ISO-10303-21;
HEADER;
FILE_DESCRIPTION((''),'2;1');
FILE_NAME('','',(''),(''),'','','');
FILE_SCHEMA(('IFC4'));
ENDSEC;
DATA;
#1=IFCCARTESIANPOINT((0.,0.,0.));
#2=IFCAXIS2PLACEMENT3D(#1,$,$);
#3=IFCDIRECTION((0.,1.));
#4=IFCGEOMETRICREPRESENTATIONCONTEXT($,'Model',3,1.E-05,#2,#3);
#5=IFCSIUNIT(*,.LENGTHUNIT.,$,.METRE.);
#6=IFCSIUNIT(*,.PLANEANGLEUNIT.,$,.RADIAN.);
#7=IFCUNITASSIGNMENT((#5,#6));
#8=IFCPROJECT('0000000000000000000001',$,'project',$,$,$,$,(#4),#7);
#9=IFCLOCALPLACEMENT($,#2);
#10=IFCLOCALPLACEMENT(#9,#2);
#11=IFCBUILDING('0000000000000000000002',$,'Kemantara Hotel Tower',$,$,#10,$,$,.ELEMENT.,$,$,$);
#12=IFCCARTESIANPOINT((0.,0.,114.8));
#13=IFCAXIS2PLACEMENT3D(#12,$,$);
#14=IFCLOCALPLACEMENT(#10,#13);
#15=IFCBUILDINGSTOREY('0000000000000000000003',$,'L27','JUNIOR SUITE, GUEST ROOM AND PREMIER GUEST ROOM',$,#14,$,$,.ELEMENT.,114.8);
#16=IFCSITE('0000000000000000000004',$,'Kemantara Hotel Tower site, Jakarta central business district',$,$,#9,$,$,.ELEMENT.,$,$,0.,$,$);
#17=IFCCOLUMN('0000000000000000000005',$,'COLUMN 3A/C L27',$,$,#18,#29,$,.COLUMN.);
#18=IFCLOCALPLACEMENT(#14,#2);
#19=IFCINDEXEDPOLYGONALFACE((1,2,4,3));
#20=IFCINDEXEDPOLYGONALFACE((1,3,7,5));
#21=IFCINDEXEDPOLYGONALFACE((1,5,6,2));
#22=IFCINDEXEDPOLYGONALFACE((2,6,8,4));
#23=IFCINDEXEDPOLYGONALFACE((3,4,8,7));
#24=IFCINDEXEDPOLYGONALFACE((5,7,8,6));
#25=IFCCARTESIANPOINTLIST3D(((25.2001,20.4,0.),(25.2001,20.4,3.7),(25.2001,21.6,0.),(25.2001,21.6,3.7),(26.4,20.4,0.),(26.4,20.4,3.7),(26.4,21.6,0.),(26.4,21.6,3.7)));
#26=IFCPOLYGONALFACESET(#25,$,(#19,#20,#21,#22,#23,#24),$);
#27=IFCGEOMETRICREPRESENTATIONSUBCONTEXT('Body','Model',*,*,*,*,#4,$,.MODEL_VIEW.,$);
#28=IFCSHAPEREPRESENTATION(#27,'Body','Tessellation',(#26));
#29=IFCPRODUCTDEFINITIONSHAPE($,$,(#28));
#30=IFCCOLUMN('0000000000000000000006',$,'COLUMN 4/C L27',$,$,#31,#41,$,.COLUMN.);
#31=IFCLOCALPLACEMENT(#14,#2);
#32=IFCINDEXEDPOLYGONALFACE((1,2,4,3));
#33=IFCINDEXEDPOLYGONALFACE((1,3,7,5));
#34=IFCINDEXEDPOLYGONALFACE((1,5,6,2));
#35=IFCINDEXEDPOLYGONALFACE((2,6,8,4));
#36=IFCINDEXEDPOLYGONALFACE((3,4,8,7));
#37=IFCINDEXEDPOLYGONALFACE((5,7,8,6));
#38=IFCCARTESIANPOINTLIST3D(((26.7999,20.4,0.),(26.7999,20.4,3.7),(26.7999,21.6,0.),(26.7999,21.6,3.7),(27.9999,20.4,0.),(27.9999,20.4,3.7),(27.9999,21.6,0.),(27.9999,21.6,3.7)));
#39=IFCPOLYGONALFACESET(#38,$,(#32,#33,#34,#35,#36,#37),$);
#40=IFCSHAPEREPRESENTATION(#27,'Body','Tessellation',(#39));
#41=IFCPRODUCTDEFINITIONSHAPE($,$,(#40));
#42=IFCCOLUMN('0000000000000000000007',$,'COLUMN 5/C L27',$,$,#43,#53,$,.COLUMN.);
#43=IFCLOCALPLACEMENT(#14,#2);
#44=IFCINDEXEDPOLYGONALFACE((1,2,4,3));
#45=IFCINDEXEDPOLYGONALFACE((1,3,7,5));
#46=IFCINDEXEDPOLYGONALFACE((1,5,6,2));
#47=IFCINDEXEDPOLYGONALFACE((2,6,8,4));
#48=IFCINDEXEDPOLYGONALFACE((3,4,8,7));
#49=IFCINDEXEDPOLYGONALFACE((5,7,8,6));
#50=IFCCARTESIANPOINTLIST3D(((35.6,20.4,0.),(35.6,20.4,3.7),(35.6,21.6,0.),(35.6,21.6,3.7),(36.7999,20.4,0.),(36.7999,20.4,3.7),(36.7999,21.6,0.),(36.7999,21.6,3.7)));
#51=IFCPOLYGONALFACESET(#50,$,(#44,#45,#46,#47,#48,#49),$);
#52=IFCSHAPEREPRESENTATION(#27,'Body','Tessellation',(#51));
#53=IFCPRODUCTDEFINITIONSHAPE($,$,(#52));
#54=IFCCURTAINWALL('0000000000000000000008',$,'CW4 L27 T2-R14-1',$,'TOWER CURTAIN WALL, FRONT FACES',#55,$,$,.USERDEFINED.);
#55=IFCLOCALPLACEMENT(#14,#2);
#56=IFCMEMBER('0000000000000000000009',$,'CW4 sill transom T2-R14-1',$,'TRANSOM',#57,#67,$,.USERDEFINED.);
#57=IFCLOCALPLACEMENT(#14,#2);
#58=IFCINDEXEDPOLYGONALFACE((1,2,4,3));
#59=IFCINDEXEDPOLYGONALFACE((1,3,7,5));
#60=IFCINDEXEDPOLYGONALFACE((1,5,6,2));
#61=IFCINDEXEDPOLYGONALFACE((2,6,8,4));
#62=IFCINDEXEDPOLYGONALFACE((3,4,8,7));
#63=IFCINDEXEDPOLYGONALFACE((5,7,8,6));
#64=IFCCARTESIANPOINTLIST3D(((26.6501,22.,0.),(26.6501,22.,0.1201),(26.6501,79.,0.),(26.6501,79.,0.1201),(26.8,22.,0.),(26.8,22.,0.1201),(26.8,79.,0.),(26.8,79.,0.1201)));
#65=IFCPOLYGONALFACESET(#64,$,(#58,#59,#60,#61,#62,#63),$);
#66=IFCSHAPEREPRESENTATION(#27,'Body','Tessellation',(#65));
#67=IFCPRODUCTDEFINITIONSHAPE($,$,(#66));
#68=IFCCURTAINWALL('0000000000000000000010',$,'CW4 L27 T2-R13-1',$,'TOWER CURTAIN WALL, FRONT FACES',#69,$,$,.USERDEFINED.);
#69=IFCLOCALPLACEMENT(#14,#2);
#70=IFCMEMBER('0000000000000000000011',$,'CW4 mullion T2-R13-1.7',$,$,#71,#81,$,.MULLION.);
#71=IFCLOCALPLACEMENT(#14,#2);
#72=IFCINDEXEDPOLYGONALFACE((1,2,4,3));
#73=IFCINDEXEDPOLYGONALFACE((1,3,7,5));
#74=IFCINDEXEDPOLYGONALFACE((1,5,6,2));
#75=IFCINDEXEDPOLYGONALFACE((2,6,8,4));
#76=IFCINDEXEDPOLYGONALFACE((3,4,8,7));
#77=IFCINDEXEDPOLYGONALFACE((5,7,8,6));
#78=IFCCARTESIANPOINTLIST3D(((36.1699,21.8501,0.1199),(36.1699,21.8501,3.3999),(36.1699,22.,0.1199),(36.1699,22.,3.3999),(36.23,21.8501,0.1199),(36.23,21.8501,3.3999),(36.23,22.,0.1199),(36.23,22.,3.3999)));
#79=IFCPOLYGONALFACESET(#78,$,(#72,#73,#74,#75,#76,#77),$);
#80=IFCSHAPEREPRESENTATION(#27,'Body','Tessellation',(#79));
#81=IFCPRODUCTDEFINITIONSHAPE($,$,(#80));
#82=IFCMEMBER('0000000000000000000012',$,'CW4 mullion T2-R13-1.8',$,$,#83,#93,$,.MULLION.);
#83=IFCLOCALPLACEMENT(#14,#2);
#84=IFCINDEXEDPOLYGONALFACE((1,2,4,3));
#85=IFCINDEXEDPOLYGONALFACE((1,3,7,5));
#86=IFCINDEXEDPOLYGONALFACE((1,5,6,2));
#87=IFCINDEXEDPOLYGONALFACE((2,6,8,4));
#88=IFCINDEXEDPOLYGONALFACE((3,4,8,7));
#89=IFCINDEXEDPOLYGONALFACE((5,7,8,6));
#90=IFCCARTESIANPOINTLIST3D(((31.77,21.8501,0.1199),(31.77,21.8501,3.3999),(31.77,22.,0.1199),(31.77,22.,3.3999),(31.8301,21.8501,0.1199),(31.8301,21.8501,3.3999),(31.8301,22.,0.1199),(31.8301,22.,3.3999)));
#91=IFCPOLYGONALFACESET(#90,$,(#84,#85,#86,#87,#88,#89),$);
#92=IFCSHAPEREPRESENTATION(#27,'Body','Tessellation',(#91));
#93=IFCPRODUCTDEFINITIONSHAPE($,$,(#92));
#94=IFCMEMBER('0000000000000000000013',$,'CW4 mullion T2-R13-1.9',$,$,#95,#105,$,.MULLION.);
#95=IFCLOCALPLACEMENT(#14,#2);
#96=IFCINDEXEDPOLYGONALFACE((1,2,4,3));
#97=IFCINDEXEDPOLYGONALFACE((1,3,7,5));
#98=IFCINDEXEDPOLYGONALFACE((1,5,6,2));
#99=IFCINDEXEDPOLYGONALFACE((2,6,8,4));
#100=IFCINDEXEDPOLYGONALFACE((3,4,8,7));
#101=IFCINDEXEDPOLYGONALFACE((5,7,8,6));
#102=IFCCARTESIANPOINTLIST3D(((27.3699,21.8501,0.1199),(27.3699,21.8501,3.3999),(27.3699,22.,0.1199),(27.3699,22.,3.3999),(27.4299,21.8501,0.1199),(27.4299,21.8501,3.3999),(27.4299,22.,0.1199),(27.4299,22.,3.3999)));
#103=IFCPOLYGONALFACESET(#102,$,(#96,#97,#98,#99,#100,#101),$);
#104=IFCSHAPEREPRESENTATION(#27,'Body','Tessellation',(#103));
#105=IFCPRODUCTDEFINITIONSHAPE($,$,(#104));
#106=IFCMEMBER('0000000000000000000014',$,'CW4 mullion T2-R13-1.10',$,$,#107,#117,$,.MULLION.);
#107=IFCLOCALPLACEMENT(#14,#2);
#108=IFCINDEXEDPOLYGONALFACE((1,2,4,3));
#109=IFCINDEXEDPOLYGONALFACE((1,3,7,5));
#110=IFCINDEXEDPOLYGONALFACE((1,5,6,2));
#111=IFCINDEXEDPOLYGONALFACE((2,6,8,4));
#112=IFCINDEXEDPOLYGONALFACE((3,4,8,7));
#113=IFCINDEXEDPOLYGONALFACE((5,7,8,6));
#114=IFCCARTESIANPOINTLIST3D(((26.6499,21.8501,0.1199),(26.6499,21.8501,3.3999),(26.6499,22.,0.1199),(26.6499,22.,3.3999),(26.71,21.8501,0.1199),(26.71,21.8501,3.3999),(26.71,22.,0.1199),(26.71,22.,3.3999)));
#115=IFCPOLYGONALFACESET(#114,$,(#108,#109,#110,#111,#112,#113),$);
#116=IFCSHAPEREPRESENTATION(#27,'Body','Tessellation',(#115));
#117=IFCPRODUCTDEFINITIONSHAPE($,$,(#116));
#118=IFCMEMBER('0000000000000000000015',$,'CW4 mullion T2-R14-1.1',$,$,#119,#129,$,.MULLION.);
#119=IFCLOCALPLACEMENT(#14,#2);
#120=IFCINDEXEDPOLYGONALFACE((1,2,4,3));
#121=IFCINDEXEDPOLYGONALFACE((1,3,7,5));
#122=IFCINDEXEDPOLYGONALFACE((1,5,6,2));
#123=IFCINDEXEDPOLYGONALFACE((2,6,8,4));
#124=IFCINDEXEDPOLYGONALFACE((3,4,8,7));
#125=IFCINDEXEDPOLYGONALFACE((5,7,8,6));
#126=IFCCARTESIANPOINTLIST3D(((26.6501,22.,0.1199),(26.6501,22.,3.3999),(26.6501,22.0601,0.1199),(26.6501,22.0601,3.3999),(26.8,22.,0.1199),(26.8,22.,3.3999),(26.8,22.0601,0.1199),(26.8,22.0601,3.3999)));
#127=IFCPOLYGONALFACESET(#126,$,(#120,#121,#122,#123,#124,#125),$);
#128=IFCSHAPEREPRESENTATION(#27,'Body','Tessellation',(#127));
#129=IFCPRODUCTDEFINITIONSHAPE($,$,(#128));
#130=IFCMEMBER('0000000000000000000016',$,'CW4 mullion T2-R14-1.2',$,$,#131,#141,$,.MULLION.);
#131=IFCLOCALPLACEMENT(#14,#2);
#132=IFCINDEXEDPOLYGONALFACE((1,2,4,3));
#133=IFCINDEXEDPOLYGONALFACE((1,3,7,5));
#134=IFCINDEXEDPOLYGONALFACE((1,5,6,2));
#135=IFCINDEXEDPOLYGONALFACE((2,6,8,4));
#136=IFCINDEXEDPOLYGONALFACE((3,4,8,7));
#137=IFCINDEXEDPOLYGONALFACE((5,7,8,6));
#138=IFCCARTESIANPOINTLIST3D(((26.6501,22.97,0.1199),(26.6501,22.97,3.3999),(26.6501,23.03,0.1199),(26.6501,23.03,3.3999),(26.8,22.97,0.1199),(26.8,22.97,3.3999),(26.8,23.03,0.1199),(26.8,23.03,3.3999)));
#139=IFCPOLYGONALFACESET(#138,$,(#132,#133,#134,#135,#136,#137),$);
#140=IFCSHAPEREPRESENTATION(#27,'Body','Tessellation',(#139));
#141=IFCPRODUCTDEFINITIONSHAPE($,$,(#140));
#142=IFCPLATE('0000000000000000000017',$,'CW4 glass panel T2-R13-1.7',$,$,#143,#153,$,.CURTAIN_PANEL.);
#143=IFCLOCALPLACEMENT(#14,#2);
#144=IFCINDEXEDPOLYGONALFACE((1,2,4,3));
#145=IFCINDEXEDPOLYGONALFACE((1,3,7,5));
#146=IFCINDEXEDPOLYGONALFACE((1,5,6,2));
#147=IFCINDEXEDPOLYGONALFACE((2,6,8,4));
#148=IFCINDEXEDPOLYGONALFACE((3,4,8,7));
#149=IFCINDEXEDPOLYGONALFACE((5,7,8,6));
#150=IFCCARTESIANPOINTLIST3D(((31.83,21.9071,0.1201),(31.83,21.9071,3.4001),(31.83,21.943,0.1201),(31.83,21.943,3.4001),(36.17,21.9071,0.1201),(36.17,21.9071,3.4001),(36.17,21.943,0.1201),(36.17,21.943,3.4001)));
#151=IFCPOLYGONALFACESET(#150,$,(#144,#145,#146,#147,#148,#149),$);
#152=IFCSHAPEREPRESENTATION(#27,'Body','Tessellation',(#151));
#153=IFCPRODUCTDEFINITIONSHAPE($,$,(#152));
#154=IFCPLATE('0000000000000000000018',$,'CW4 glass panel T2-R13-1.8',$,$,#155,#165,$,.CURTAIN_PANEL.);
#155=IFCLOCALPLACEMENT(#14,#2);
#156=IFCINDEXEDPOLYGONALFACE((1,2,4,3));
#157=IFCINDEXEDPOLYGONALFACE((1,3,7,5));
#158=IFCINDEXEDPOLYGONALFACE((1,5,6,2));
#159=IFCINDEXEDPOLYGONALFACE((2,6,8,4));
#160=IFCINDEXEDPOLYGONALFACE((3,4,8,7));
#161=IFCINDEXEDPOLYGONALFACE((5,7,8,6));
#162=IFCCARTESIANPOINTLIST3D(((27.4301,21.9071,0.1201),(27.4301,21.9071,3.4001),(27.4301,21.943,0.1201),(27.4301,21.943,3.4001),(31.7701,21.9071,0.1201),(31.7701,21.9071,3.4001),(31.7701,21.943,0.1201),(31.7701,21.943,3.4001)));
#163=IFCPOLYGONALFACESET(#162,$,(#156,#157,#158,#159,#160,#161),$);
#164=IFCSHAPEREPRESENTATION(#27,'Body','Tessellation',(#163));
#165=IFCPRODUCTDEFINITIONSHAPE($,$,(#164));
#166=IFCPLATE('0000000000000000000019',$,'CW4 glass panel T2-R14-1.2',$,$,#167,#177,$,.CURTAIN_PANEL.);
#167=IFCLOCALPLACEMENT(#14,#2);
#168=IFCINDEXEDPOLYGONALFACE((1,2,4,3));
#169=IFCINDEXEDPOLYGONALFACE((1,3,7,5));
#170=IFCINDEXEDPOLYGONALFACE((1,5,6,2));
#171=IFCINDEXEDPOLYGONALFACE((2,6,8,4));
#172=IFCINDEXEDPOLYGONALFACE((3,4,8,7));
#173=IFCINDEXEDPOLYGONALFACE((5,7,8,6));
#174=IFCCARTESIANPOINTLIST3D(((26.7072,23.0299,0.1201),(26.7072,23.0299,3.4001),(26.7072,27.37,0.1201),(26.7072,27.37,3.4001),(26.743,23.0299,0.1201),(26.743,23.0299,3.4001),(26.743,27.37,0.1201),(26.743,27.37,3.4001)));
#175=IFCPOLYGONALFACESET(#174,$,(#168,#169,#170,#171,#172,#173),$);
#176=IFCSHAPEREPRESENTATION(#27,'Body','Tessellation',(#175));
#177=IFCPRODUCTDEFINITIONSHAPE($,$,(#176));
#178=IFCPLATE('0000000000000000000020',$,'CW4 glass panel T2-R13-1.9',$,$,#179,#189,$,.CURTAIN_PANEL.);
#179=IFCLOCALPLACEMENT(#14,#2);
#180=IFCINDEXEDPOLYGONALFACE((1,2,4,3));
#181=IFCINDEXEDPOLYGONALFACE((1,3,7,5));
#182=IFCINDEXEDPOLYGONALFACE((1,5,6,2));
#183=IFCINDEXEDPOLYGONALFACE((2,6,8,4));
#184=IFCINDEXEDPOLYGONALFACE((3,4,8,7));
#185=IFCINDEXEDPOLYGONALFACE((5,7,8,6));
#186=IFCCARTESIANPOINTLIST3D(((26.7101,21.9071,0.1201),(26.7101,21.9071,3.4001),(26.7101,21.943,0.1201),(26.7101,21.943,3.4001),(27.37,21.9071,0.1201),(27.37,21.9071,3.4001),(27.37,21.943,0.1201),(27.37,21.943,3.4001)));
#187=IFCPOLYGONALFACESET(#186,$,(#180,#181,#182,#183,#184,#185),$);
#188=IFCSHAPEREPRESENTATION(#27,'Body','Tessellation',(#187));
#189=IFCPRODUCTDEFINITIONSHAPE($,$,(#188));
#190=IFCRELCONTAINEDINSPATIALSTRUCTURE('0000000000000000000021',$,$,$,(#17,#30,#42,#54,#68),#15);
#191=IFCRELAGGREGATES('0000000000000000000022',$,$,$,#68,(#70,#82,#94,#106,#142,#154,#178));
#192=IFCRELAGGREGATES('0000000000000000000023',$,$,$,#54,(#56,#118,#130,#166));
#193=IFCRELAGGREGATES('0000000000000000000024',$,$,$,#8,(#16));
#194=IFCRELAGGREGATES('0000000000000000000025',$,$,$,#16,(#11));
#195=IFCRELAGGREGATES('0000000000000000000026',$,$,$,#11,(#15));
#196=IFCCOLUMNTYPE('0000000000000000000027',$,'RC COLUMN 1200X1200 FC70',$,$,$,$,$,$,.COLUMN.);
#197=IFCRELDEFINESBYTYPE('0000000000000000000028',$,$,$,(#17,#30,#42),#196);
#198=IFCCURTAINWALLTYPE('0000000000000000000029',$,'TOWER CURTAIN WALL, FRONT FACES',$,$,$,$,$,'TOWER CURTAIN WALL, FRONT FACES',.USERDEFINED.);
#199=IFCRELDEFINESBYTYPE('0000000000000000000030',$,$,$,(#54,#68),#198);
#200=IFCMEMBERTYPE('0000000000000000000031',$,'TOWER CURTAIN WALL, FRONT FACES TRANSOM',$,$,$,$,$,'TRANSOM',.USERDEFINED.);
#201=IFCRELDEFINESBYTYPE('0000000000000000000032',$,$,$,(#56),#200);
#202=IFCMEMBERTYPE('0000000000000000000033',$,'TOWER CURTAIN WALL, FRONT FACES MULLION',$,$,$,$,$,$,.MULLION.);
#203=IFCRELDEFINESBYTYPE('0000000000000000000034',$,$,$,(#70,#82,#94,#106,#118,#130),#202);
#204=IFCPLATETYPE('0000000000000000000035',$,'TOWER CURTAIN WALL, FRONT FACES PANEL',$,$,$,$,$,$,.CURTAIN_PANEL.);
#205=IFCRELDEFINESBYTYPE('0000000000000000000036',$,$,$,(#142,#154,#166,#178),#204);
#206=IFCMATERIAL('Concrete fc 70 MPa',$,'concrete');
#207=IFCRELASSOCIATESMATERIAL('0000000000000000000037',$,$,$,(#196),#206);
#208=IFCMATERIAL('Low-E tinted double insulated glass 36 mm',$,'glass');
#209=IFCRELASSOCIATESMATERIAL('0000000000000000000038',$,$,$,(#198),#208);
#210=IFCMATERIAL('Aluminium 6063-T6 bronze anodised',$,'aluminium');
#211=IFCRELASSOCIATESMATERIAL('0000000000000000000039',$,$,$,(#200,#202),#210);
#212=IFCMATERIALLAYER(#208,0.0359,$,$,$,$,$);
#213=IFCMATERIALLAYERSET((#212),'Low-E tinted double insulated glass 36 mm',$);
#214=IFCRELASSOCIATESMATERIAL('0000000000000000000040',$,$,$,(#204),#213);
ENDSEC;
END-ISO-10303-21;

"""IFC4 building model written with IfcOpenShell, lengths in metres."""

from ifc_helpers import new_model, si_unit, direction, frame, origin, origin_2d, place, context, subcontext, project, spatial, rectangle, extrude, source, transform, mapped, material, layer, layer_set, material_profile, profile_set, type_object, element, aggregate, save


model = new_model("IFC4")

# Units and contexts
model_context = context("Model", 3, precision=1e-05, world=origin(), true_north=direction((0.0, 1.0)))
body_context = subcontext(model_context, "Body", "Model", "MODEL_VIEW")
ifc_project = project(units=[si_unit("LENGTHUNIT", "METRE"), si_unit("PLANEANGLEUNIT", "RADIAN")], contexts=[model_context])

# Site, building, storey
site_placement = place(None, origin())
site = spatial("IfcSite", under=ifc_project, at=site_placement, Name="Kemantara Hotel Tower site, Jakarta central business district", CompositionType="ELEMENT", RefElevation=0.0)
building_placement = place(site_placement, origin())
building = spatial("IfcBuilding", under=site, at=building_placement, Name="Kemantara Hotel Tower", CompositionType="ELEMENT")
storey_placement = place(building_placement, frame((0.0, 0.0, 114.8)))
storey = spatial("IfcBuildingStorey", under=building, at=storey_placement, Name="L27", Description="JUNIOR SUITE, GUEST ROOM AND PREMIER GUEST ROOM", CompositionType="ELEMENT", Elevation=114.8)

# Columns
ifc_material_1 = material(Name="Concrete fc 70 MPa", Category="concrete")
ifc_material_profile_1 = material_profile(ifc_material_1, rectangle(XDim=1.2, YDim=1.2, at=origin_2d()), Name="RC 1200X1200")
ifc_profile_set_1 = profile_set([ifc_material_profile_1], Name="Concrete fc 70 MPa")
column_type = type_object("IfcColumnType", Name="RC COLUMN 1200X1200 FC70", PredefinedType="COLUMN", material=ifc_profile_set_1)
for number, where, z_axis, x_axis, name in (
    (1, (25.8, 21.0, 0.0), (0.0, 0.0, 1.0), (1.0, 0.0, 0.0), "COLUMN 3A/C L27"),
    (2, (27.3999, 21.0, 0.0), (0.0, 0.0, 1.0), (1.0, 0.0, 0.0), "COLUMN 4/C L27"),
    (3, (36.2, 21.0, 0.0), (0.0, 0.0, 1.0), (1.0, 0.0, 0.0), "COLUMN 5/C L27"),
):
    element("IfcColumn", number, at=place(storey_placement, frame(where, z_axis=z_axis, x_axis=x_axis)), inside=storey, type_object=column_type, Name=name, PredefinedType="COLUMN", context=body_context, shape_type="SweptSolid", body=[
        extrude(rectangle(XDim=1.2, YDim=1.2, at=origin_2d()), origin(), (0.0, 0.0, 1.0), 3.7),
    ])

# Curtain wall, member
ifc_material_2 = material(Name="Low-E tinted double insulated glass 36 mm", Category="glass")
curtain_wall_type = type_object("IfcCurtainWallType", Name="TOWER CURTAIN WALL, FRONT FACES", ElementType="TOWER CURTAIN WALL, FRONT FACES", PredefinedType="USERDEFINED", material=ifc_material_2)
curtain_wall_1_placement = place(storey_placement, origin())
curtain_wall_1 = element("IfcCurtainWall", 4, at=curtain_wall_1_placement, inside=storey, type_object=curtain_wall_type, Name="CW4 L27 T2-R14-1", ObjectType="TOWER CURTAIN WALL, FRONT FACES", PredefinedType="USERDEFINED")
ifc_material_3 = material(Name="Aluminium 6063-T6 bronze anodised", Category="aluminium")
ifc_material_profile_2 = material_profile(ifc_material_3, rectangle(XDim=0.1499, YDim=0.1201, at=origin_2d()), Name="TOWER CURTAIN WALL, FRONT FACES TRANSOM")
ifc_profile_set_2 = profile_set([ifc_material_profile_2], Name="Aluminium 6063-T6 bronze anodised")
member_type_1 = type_object("IfcMemberType", Name="TOWER CURTAIN WALL, FRONT FACES TRANSOM", ElementType="TRANSOM", PredefinedType="USERDEFINED", material=ifc_profile_set_2)
member_1_placement = place(storey_placement, frame((26.7251, 22.0, 0.0601), z_axis=(0.0, 1.0, 0.0), x_axis=(-1.0, 0.0, 0.0)))
member_1 = element("IfcMember", 5, at=member_1_placement, type_object=member_type_1, Name="CW4 sill transom T2-R14-1", ObjectType="TRANSOM", PredefinedType="USERDEFINED", context=body_context, shape_type="SweptSolid", body=[
    extrude(rectangle(XDim=0.1499, YDim=0.1201, at=origin_2d()), origin(), (0.0, 0.0, 1.0), 57.0),
])

# Curtain wall, members
curtain_wall_2_placement = place(storey_placement, origin())
curtain_wall_2 = element("IfcCurtainWall", 6, at=curtain_wall_2_placement, inside=storey, type_object=curtain_wall_type, Name="CW4 L27 T2-R13-1", ObjectType="TOWER CURTAIN WALL, FRONT FACES", PredefinedType="USERDEFINED")
ifc_material_profile_3 = material_profile(ifc_material_3, rectangle(XDim=0.1499, YDim=0.0601, at=origin_2d()), Name="TOWER CURTAIN WALL, FRONT FACES MULLION")
ifc_profile_set_3 = profile_set([ifc_material_profile_3], Name="Aluminium 6063-T6 bronze anodised")
member_type_2 = type_object("IfcMemberType", Name="TOWER CURTAIN WALL, FRONT FACES MULLION", PredefinedType="MULLION", material=ifc_profile_set_3)
shared_shape_1 = source(origin(), body_context, "Body", "SweptSolid", [
    extrude(rectangle(XDim=0.1499, YDim=0.0601, at=origin_2d()), origin(), (0.0, 0.0, 1.0), 3.28),
])
member_2_placement = place(storey_placement, frame((36.2, 21.925, 0.1199), z_axis=(0.0, 0.0, 1.0), x_axis=(0.0, -1.0, 0.0)))
member_2 = element("IfcMember", 7, at=member_2_placement, type_object=member_type_2, Name="CW4 mullion T2-R13-1.7", PredefinedType="MULLION", context=body_context, shape_type="MappedRepresentation", body=[
    mapped(shared_shape_1, transform((0.0, 0.0, 0.0))),
])
member_3_placement = place(storey_placement, frame((31.8, 21.925, 0.1199), z_axis=(0.0, 0.0, 1.0), x_axis=(0.0, -1.0, 0.0)))
member_3 = element("IfcMember", 8, at=member_3_placement, type_object=member_type_2, Name="CW4 mullion T2-R13-1.8", PredefinedType="MULLION", context=body_context, shape_type="MappedRepresentation", body=[
    mapped(shared_shape_1, transform((0.0, 0.0, 0.0))),
])
member_4_placement = place(storey_placement, frame((27.3999, 21.925, 0.1199), z_axis=(0.0, 0.0, 1.0), x_axis=(0.0, -1.0, 0.0)))
member_4 = element("IfcMember", 9, at=member_4_placement, type_object=member_type_2, Name="CW4 mullion T2-R13-1.9", PredefinedType="MULLION", context=body_context, shape_type="MappedRepresentation", body=[
    mapped(shared_shape_1, transform((0.0, 0.0, 0.0))),
])
member_5_placement = place(storey_placement, frame((26.6799, 21.925, 0.1199), z_axis=(0.0, 0.0, 1.0), x_axis=(0.0, -1.0, 0.0)))
member_5 = element("IfcMember", 10, at=member_5_placement, type_object=member_type_2, Name="CW4 mullion T2-R13-1.10", PredefinedType="MULLION", context=body_context, shape_type="MappedRepresentation", body=[
    mapped(shared_shape_1, transform((0.0, 0.0, 0.0))),
])

# Members
member_6_placement = place(storey_placement, frame((26.7251, 22.03, 0.1199), z_axis=(0.0, 0.0, 1.0), x_axis=(-1.0, 0.0, 0.0)))
member_6 = element("IfcMember", 11, at=member_6_placement, type_object=member_type_2, Name="CW4 mullion T2-R14-1.1", PredefinedType="MULLION", context=body_context, shape_type="MappedRepresentation", body=[
    mapped(shared_shape_1, transform((0.0, 0.0, 0.0))),
])
member_7_placement = place(storey_placement, frame((26.7251, 23.0, 0.1199), z_axis=(0.0, 0.0, 1.0), x_axis=(-1.0, 0.0, 0.0)))
member_7 = element("IfcMember", 12, at=member_7_placement, type_object=member_type_2, Name="CW4 mullion T2-R14-1.2", PredefinedType="MULLION", context=body_context, shape_type="MappedRepresentation", body=[
    mapped(shared_shape_1, transform((0.0, 0.0, 0.0))),
])

# Plates
ifc_layer_1 = layer(ifc_material_2, 0.0359)
ifc_layer_set_1 = layer_set([ifc_layer_1], Name="Low-E tinted double insulated glass 36 mm")
plate_type = type_object("IfcPlateType", Name="TOWER CURTAIN WALL, FRONT FACES PANEL", PredefinedType="CURTAIN_PANEL", material=ifc_layer_set_1)
shared_shape_2 = source(origin(), body_context, "Body", "SweptSolid", [
    extrude(rectangle(XDim=4.3401, YDim=0.0359, at=origin_2d()), origin(), (0.0, 0.0, 1.0), 3.28),
])
plate_1_placement = place(storey_placement, frame((34.0, 21.925, 0.1201), z_axis=(0.0, 0.0, 1.0), x_axis=(-1.0, 0.0, 0.0)))
plate_1 = element("IfcPlate", 13, at=plate_1_placement, type_object=plate_type, Name="CW4 glass panel T2-R13-1.7", PredefinedType="CURTAIN_PANEL", context=body_context, shape_type="MappedRepresentation", body=[
    mapped(shared_shape_2, transform((0.0, 0.0, 0.0))),
])
plate_2_placement = place(storey_placement, frame((29.6001, 21.925, 0.1201), z_axis=(0.0, 0.0, 1.0), x_axis=(-1.0, 0.0, 0.0)))
plate_2 = element("IfcPlate", 14, at=plate_2_placement, type_object=plate_type, Name="CW4 glass panel T2-R13-1.8", PredefinedType="CURTAIN_PANEL", context=body_context, shape_type="MappedRepresentation", body=[
    mapped(shared_shape_2, transform((0.0, 0.0, 0.0))),
])
plate_3_placement = place(storey_placement, frame((26.7251, 25.2, 0.1201), z_axis=(0.0, 0.0, 1.0), x_axis=(0.0, 1.0, 0.0)))
plate_3 = element("IfcPlate", 15, at=plate_3_placement, type_object=plate_type, Name="CW4 glass panel T2-R14-1.2", PredefinedType="CURTAIN_PANEL", context=body_context, shape_type="MappedRepresentation", body=[
    mapped(shared_shape_2, transform((0.0, 0.0, 0.0))),
])
shared_shape_3 = source(origin(), body_context, "Body", "SweptSolid", [
    extrude(rectangle(XDim=0.6599, YDim=0.0359, at=origin_2d()), origin(), (0.0, 0.0, 1.0), 3.28),
])
plate_4_placement = place(storey_placement, frame((27.04, 21.925, 0.1201), z_axis=(0.0, 0.0, 1.0), x_axis=(-1.0, 0.0, 0.0)))
plate_4 = element("IfcPlate", 16, at=plate_4_placement, type_object=plate_type, Name="CW4 glass panel T2-R13-1.9", PredefinedType="CURTAIN_PANEL", context=body_context, shape_type="MappedRepresentation", body=[
    mapped(shared_shape_3, transform((0.0, 0.0, 0.0))),
])
aggregate(curtain_wall_2, [member_2, member_3, member_4, member_5, plate_1, plate_2, plate_4])
aggregate(curtain_wall_1, [member_1, member_6, member_7, plate_3])

save(model, "model.ifc")
